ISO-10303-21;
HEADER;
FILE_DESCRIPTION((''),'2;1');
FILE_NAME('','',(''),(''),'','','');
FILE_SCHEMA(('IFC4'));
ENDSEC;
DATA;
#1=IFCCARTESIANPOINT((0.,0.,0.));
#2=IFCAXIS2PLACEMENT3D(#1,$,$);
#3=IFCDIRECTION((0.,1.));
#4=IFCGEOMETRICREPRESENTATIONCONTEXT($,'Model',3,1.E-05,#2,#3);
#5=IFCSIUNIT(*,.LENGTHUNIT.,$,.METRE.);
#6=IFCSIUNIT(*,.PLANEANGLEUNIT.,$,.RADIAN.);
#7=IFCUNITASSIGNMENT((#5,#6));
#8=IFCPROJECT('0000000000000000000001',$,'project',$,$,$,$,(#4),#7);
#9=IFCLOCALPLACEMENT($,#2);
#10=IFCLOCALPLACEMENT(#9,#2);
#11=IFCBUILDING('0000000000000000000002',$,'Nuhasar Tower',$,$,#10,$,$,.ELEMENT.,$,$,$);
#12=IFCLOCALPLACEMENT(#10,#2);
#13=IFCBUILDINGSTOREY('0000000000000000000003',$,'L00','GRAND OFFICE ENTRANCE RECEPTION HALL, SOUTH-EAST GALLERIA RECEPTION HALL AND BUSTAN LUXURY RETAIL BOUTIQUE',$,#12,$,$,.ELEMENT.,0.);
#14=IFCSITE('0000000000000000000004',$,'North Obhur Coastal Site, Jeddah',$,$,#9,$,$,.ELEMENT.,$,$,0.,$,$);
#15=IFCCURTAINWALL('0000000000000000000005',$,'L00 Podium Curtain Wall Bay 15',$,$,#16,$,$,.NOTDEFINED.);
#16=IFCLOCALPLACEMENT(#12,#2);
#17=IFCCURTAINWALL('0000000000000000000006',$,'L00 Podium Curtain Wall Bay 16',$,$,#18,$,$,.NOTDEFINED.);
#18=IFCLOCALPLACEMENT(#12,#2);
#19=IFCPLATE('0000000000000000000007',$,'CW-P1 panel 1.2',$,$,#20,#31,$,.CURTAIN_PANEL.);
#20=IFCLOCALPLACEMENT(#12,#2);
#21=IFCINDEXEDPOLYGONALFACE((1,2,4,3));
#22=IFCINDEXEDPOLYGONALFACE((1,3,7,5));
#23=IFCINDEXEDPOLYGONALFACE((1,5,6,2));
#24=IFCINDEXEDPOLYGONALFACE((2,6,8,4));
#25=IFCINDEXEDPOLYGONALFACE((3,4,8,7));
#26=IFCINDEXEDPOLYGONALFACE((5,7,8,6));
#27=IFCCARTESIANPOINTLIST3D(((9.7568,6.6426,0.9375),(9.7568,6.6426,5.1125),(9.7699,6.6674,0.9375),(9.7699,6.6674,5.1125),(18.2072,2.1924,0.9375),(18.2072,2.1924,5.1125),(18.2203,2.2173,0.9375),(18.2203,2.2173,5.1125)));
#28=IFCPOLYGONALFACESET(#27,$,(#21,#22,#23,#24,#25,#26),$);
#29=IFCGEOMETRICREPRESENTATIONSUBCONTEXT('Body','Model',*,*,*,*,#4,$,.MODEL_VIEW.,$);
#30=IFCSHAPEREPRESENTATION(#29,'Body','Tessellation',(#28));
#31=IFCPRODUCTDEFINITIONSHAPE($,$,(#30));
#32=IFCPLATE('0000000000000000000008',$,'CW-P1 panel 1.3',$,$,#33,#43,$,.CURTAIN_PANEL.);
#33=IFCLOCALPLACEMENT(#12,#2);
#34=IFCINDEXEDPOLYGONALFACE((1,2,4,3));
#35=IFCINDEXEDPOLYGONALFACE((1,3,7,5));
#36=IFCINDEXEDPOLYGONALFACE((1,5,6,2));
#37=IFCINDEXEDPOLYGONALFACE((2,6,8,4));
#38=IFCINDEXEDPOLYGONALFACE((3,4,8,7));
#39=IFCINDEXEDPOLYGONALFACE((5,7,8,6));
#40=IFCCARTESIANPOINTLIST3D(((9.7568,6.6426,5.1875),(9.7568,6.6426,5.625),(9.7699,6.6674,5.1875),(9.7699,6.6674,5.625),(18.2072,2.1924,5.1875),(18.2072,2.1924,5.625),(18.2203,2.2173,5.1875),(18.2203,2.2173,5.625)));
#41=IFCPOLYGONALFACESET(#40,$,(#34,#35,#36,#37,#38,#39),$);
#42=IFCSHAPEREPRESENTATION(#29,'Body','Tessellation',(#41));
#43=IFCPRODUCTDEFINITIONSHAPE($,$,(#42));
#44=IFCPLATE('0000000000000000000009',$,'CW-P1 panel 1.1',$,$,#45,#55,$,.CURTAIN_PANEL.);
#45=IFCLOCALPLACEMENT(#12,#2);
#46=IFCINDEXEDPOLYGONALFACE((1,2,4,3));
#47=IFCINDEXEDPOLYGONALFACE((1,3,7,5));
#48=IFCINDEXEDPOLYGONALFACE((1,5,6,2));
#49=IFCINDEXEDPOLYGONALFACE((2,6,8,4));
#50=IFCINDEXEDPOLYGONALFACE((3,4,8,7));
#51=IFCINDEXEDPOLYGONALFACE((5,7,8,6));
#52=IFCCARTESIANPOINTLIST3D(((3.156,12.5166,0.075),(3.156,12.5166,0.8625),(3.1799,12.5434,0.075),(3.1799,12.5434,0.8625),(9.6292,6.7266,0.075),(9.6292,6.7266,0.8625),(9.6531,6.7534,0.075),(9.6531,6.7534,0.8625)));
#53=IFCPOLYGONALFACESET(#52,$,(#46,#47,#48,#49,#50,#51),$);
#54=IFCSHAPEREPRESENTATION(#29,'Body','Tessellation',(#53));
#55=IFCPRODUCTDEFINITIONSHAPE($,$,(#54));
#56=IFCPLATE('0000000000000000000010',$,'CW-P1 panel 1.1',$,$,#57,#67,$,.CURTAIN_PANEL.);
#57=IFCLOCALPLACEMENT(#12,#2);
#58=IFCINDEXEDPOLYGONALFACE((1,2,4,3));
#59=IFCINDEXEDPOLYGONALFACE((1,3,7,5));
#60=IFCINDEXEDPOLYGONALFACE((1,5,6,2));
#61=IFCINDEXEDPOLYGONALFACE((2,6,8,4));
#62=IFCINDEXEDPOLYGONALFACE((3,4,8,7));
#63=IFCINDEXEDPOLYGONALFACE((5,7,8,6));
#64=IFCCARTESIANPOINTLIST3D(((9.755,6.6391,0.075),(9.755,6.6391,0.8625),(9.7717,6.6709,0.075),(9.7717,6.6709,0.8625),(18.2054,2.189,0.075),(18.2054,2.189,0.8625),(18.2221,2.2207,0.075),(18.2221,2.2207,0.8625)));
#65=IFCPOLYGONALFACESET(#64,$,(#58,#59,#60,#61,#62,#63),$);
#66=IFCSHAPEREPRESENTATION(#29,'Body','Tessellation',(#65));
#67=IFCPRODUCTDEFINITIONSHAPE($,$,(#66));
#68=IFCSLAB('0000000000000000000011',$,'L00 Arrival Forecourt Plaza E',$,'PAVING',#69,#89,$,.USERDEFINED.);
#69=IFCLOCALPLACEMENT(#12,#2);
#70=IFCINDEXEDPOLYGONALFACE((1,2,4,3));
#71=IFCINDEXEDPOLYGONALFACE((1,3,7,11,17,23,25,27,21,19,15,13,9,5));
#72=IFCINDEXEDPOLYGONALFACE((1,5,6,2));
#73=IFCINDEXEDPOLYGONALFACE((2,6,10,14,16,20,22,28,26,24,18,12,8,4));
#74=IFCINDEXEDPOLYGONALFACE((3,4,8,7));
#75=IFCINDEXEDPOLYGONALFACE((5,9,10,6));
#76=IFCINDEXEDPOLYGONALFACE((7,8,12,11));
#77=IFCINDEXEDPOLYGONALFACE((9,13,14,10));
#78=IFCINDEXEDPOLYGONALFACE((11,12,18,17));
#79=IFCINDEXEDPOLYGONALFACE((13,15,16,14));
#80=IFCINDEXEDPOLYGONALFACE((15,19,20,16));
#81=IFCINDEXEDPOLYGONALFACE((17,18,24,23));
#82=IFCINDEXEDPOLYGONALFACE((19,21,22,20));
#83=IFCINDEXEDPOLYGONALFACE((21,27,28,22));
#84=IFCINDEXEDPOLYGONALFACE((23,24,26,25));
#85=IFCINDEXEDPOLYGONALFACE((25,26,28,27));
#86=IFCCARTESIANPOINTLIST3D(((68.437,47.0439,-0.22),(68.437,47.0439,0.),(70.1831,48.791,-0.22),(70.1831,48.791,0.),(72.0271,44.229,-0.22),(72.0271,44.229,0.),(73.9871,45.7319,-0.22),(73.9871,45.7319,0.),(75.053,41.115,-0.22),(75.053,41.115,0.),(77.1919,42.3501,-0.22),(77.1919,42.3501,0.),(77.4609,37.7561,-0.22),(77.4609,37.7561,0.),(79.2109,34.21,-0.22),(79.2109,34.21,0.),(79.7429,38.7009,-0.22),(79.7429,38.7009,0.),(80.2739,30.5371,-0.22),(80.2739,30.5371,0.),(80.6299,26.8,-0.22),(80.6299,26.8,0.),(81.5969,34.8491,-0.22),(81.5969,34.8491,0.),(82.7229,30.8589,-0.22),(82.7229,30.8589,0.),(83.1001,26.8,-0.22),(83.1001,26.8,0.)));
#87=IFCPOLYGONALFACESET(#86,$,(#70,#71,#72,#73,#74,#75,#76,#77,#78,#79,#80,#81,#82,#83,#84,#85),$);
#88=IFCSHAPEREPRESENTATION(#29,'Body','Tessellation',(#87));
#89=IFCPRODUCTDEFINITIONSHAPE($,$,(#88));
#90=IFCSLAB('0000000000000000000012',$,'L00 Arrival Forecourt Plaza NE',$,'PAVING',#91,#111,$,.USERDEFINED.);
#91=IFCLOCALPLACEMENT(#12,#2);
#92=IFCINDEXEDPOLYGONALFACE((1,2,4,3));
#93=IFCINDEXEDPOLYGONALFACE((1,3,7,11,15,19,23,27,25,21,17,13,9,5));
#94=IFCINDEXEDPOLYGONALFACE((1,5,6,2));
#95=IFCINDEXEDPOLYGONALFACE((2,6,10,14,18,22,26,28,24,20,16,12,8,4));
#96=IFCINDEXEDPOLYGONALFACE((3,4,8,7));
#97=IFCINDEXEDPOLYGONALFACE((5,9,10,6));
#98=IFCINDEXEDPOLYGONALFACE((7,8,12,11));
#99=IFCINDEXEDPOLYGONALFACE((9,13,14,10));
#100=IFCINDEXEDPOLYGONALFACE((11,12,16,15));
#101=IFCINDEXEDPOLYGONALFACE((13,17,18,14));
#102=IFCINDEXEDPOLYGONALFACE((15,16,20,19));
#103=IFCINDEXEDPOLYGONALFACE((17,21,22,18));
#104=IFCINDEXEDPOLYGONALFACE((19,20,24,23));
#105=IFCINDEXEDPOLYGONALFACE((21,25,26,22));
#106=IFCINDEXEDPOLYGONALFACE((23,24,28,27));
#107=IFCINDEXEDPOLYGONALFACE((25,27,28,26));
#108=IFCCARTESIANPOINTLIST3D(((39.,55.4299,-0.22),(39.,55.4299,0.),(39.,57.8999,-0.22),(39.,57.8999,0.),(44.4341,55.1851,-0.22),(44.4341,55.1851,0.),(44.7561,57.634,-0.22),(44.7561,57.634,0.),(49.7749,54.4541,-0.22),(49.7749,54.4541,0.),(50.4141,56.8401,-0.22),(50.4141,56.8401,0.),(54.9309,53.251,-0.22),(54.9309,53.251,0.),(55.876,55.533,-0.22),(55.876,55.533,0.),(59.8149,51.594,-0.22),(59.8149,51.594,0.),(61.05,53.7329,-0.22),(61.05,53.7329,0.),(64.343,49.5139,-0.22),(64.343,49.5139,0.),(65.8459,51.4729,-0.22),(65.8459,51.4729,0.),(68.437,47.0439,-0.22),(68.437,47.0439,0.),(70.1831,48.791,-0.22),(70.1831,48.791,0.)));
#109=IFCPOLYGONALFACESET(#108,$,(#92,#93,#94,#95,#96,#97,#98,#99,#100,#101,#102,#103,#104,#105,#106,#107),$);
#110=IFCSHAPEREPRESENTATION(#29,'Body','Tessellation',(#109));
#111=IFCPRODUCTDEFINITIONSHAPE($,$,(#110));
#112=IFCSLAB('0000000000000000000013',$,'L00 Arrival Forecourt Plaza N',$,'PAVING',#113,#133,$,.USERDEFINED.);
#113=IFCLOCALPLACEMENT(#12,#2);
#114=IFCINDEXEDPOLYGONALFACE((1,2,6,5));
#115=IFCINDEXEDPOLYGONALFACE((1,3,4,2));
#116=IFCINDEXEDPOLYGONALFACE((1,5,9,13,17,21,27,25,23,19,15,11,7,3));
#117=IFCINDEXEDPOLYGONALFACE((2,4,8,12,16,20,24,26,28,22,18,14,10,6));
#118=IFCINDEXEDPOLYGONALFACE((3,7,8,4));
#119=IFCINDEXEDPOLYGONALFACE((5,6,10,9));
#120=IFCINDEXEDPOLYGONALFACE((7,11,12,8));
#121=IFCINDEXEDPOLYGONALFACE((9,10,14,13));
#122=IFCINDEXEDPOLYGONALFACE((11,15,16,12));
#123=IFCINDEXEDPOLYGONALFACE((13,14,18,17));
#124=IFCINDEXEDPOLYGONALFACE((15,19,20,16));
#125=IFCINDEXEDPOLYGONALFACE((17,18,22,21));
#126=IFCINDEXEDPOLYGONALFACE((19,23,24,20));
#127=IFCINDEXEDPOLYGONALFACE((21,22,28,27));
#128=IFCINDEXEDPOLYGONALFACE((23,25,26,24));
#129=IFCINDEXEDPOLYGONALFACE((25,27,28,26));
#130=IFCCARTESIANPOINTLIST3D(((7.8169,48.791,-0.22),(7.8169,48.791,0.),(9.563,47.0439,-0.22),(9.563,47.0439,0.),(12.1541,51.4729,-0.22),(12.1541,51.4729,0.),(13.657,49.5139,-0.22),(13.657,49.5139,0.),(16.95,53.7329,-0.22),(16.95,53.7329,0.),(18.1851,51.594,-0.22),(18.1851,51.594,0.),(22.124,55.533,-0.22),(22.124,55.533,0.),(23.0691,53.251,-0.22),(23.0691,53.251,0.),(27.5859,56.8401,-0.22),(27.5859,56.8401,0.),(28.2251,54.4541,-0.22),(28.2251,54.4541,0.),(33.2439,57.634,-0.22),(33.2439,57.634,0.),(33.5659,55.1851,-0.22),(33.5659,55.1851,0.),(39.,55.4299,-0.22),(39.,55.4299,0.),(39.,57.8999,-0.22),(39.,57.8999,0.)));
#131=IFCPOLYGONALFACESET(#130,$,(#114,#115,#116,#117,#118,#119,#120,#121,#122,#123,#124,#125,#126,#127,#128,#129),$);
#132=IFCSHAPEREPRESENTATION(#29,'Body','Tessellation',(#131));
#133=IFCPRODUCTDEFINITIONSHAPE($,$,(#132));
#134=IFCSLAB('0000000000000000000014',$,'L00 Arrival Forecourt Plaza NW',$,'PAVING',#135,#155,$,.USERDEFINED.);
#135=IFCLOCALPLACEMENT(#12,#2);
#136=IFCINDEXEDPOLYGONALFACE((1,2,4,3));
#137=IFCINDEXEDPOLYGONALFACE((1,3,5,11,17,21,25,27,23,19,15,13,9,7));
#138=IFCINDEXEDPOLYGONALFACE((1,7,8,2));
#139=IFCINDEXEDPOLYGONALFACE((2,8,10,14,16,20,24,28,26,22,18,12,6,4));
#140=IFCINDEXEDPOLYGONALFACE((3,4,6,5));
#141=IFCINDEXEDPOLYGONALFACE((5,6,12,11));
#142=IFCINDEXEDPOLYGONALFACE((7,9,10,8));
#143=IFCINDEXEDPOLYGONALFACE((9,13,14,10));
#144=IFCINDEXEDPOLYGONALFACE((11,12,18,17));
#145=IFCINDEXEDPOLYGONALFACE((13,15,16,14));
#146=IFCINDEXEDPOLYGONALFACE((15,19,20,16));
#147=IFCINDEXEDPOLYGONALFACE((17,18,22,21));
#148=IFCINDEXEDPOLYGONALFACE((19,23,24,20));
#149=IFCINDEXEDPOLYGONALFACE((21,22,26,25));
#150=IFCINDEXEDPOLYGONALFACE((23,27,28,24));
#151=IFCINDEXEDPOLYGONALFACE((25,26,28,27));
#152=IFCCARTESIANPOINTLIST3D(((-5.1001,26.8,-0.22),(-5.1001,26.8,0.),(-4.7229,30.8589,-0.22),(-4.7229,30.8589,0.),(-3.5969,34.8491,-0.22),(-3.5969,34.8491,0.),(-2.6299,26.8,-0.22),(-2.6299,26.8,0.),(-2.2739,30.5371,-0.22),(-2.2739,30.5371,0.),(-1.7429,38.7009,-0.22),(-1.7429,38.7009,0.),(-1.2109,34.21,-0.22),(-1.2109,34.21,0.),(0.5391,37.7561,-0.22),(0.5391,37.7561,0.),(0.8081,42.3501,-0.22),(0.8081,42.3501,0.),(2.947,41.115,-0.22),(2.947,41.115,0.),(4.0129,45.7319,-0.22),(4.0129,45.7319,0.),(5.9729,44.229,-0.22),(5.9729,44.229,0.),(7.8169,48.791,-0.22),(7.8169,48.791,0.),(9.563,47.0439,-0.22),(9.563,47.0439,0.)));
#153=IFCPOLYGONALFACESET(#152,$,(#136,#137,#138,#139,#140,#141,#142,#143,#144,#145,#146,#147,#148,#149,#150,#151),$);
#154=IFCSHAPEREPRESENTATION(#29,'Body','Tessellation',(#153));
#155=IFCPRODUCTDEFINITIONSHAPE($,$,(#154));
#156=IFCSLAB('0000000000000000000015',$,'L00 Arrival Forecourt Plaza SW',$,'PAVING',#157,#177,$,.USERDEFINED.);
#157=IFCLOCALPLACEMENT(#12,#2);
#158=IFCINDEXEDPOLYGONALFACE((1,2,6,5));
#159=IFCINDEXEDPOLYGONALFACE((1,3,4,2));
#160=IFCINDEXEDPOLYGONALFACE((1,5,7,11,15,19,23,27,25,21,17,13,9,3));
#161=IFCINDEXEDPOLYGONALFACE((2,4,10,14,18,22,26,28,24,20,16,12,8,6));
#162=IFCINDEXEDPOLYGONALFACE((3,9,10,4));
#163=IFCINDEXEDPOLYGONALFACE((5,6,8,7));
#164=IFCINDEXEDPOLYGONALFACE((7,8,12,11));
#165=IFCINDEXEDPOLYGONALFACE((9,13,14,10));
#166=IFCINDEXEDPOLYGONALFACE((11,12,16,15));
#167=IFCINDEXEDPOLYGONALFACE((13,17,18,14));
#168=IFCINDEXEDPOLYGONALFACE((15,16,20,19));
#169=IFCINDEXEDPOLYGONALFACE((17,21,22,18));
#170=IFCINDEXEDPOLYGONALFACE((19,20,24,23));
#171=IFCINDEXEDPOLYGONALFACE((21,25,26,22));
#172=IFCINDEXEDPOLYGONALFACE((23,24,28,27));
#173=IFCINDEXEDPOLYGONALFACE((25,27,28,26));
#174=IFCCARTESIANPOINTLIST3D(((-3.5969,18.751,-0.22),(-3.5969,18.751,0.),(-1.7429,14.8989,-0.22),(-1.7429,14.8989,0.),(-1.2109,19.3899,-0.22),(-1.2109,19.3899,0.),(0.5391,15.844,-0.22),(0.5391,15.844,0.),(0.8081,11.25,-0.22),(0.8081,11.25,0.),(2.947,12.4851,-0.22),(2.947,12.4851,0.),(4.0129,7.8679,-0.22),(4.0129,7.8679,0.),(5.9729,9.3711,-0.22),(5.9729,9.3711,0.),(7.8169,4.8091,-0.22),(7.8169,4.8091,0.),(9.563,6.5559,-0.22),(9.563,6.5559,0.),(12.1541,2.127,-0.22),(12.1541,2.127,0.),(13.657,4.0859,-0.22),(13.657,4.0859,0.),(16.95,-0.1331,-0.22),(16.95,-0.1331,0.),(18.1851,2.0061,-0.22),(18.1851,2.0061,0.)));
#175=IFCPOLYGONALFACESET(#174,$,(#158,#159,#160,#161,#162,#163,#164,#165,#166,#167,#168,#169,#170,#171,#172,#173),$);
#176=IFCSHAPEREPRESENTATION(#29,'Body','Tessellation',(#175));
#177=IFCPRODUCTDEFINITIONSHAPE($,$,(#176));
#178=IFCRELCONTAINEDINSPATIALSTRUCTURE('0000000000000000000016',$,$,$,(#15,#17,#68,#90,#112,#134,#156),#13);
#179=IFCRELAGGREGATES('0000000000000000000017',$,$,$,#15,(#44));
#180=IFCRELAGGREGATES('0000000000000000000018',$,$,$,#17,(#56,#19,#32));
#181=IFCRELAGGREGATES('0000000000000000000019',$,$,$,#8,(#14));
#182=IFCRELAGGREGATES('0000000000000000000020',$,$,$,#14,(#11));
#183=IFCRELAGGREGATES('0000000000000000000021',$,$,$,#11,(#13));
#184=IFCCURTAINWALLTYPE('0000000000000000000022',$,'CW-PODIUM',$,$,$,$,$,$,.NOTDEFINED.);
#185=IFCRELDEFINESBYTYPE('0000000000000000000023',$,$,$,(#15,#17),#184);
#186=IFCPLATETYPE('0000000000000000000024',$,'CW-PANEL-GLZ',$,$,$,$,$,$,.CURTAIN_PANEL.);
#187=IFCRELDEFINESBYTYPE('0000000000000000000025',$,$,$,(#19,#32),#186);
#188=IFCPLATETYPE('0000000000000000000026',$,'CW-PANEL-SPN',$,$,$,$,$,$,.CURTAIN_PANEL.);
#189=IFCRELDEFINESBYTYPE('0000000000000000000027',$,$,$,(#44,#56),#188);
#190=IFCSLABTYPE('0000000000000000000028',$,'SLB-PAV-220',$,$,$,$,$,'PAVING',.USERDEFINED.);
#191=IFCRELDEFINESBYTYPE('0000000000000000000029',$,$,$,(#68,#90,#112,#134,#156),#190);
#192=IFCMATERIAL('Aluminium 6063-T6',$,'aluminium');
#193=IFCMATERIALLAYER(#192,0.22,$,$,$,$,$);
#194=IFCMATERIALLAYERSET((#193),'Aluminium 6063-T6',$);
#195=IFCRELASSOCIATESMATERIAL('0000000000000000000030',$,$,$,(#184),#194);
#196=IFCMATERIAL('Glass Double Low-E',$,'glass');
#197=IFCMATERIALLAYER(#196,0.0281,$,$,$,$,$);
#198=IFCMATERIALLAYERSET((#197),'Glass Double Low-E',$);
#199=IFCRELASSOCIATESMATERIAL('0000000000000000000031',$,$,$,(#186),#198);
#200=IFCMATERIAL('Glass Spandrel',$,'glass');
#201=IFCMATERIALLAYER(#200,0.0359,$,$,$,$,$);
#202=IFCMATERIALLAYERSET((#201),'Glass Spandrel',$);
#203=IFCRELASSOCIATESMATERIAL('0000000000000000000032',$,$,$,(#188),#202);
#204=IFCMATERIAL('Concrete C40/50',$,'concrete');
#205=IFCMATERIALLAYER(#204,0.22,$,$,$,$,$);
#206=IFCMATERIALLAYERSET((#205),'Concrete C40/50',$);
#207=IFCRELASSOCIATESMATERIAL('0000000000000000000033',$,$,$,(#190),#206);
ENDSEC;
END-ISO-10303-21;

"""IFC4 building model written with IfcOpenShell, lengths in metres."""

from ifc_helpers import new_model, si_unit, direction, frame, origin, origin_2d, place, context, subcontext, project, spatial, polyline, rectangle, outline, extrude, material, layer, layer_set, type_object, element, aggregate, save


model = new_model("IFC4")

# Units and contexts
model_context = context("Model", 3, precision=1e-05, world=origin(), true_north=direction((0.0, 1.0)))
body_context = subcontext(model_context, "Body", "Model", "MODEL_VIEW")
ifc_project = project(units=[si_unit("LENGTHUNIT", "METRE"), si_unit("PLANEANGLEUNIT", "RADIAN")], contexts=[model_context])

# Site, building, storey
site_placement = place(None, origin())
site = spatial("IfcSite", under=ifc_project, at=site_placement, Name="North Obhur Coastal Site, Jeddah", CompositionType="ELEMENT", RefElevation=0.0)
building_placement = place(site_placement, origin())
building = spatial("IfcBuilding", under=site, at=building_placement, Name="Nuhasar Tower", CompositionType="ELEMENT")
storey_placement = place(building_placement, origin())
storey = spatial("IfcBuildingStorey", under=building, at=storey_placement, Name="L00", Description="GRAND OFFICE ENTRANCE RECEPTION HALL, SOUTH-EAST GALLERIA RECEPTION HALL AND BUSTAN LUXURY RETAIL BOUTIQUE", CompositionType="ELEMENT", Elevation=0.0)

# Shared definitions
ifc_material_1 = material(Name="Concrete C40/50", Category="concrete")

# Curtain wall
ifc_material_2 = material(Name="Aluminium 6063-T6", Category="aluminium")
ifc_layer_1 = layer(ifc_material_2, 0.22)
ifc_layer_set_1 = layer_set([ifc_layer_1], Name="Aluminium 6063-T6")
curtain_wall_type = type_object("IfcCurtainWallType", Name="CW-PODIUM", PredefinedType="NOTDEFINED", material=ifc_layer_set_1)
curtain_wall_1_placement = place(storey_placement, origin())
curtain_wall_1 = element("IfcCurtainWall", 1, at=curtain_wall_1_placement, inside=storey, type_object=curtain_wall_type, Name="L00 Podium Curtain Wall Bay 15", PredefinedType="NOTDEFINED")

# Curtain wall
curtain_wall_2_placement = place(storey_placement, origin())
curtain_wall_2 = element("IfcCurtainWall", 2, at=curtain_wall_2_placement, inside=storey, type_object=curtain_wall_type, Name="L00 Podium Curtain Wall Bay 16", PredefinedType="NOTDEFINED")

# Plates
ifc_material_3 = material(Name="Glass Double Low-E", Category="glass")
ifc_layer_2 = layer(ifc_material_3, 0.0281)
ifc_layer_set_2 = layer_set([ifc_layer_2], Name="Glass Double Low-E")
plate_type_1 = type_object("IfcPlateType", Name="CW-PANEL-GLZ", PredefinedType="CURTAIN_PANEL", material=ifc_layer_set_2)
plate_1_placement = place(storey_placement, frame((13.9885, 4.4299, 0.9375), z_axis=(0.0, 0.0, 1.0), x_axis=(0.884806, -0.465959, 0.0)))
plate_1 = element("IfcPlate", 3, at=plate_1_placement, type_object=plate_type_1, Name="CW-P1 panel 1.2", PredefinedType="CURTAIN_PANEL", context=body_context, shape_type="SweptSolid", body=[
    extrude(rectangle(XDim=9.5505, YDim=0.0281, at=origin_2d()), origin(), (0.0, 0.0, 1.0), 4.175),
])
plate_2_placement = place(storey_placement, frame((13.9885, 4.4299, 5.1875), z_axis=(0.0, 0.0, 1.0), x_axis=(0.884806, -0.465959, 0.0)))
plate_2 = element("IfcPlate", 4, at=plate_2_placement, type_object=plate_type_1, Name="CW-P1 panel 1.3", PredefinedType="CURTAIN_PANEL", context=body_context, shape_type="SweptSolid", body=[
    extrude(rectangle(XDim=9.5505, YDim=0.0281, at=origin_2d()), origin(), (0.0, 0.0, 1.0), 0.4375),
])
ifc_material_4 = material(Name="Glass Spandrel", Category="glass")
ifc_layer_3 = layer(ifc_material_4, 0.0359)
ifc_layer_set_3 = layer_set([ifc_layer_3], Name="Glass Spandrel")
plate_type_2 = type_object("IfcPlateType", Name="CW-PANEL-SPN", PredefinedType="CURTAIN_PANEL", material=ifc_layer_set_3)
plate_3_placement = place(storey_placement, frame((6.4045, 9.635, 0.075), z_axis=(0.0, 0.0, 1.0), x_axis=(0.745345, -0.666679, 0.0)))
plate_3 = element("IfcPlate", 5, at=plate_3_placement, type_object=plate_type_2, Name="CW-P1 panel 1.1", PredefinedType="CURTAIN_PANEL", context=body_context, shape_type="SweptSolid", body=[
    extrude(rectangle(XDim=8.6848, YDim=0.0359, at=origin_2d()), origin(), (0.0, 0.0, 1.0), 0.7876),
])
aggregate(curtain_wall_1, [plate_3])
plate_4_placement = place(storey_placement, frame((13.9885, 4.4299, 0.075), z_axis=(0.0, 0.0, 1.0), x_axis=(0.884806, -0.465959, 0.0)))
plate_4 = element("IfcPlate", 6, at=plate_4_placement, type_object=plate_type_2, Name="CW-P1 panel 1.1", PredefinedType="CURTAIN_PANEL", context=body_context, shape_type="SweptSolid", body=[
    extrude(rectangle(XDim=9.5505, YDim=0.0359, at=origin_2d()), origin(), (0.0, 0.0, 1.0), 0.7876),
])
aggregate(curtain_wall_2, [plate_4, plate_1, plate_2])

# Slabs
ifc_layer_4 = layer(ifc_material_1, 0.22)
ifc_layer_set_4 = layer_set([ifc_layer_4], Name="Concrete C40/50")
slab_type_1 = type_object("IfcSlabType", Name="SLB-PAV-220", ElementType="PAVING", PredefinedType="USERDEFINED", material=ifc_layer_set_4)
slab_1_placement = place(storey_placement, frame((0.0, 0.0, -0.22)))
element("IfcSlab", 7, at=slab_1_placement, inside=storey, type_object=slab_type_1, Name="L00 Arrival Forecourt Plaza E", ObjectType="PAVING", PredefinedType="USERDEFINED", context=body_context, shape_type="SweptSolid", body=[
    extrude(outline(polyline([(83.1001, 26.8), (82.7229, 30.8589), (81.5969, 34.8491), (79.7429, 38.7009), (77.1919, 42.3501), (73.9871, 45.7319), (70.1831, 48.791), (68.437, 47.0439), (72.0271, 44.229), (75.053, 41.115), (77.4609, 37.7561), (79.2109, 34.21), (80.2739, 30.5371), (80.6299, 26.8), (83.1001, 26.8)])), origin(), (0.0, 0.0, 1.0), 0.22),
])
slab_2_placement = place(storey_placement, frame((0.0, 0.0, -0.22)))
element("IfcSlab", 8, at=slab_2_placement, inside=storey, type_object=slab_type_1, Name="L00 Arrival Forecourt Plaza NE", ObjectType="PAVING", PredefinedType="USERDEFINED", context=body_context, shape_type="SweptSolid", body=[
    extrude(outline(polyline([(70.1831, 48.791), (65.8459, 51.4729), (61.05, 53.7329), (55.876, 55.533), (50.4141, 56.8401), (44.7561, 57.634), (39.0, 57.8999), (39.0, 55.4299), (44.4341, 55.1851), (49.7749, 54.4541), (54.9309, 53.251), (59.8149, 51.594), (64.343, 49.5139), (68.437, 47.0439), (70.1831, 48.791)])), origin(), (0.0, 0.0, 1.0), 0.22),
])
slab_3_placement = place(storey_placement, frame((0.0, 0.0, -0.22)))
element("IfcSlab", 9, at=slab_3_placement, inside=storey, type_object=slab_type_1, Name="L00 Arrival Forecourt Plaza N", ObjectType="PAVING", PredefinedType="USERDEFINED", context=body_context, shape_type="SweptSolid", body=[
    extrude(outline(polyline([(39.0, 57.8999), (33.2439, 57.634), (27.5859, 56.8401), (22.124, 55.533), (16.95, 53.7329), (12.1541, 51.4729), (7.8169, 48.791), (9.563, 47.0439), (13.657, 49.5139), (18.1851, 51.594), (23.0691, 53.251), (28.2251, 54.4541), (33.5659, 55.1851), (39.0, 55.4299), (39.0, 57.8999)])), origin(), (0.0, 0.0, 1.0), 0.22),
])
slab_4_placement = place(storey_placement, frame((0.0, 0.0, -0.22)))
element("IfcSlab", 10, at=slab_4_placement, inside=storey, type_object=slab_type_1, Name="L00 Arrival Forecourt Plaza NW", ObjectType="PAVING", PredefinedType="USERDEFINED", context=body_context, shape_type="SweptSolid", body=[
    extrude(outline(polyline([(7.8169, 48.791), (4.0129, 45.7319), (0.8081, 42.3501), (-1.7429, 38.7009), (-3.5969, 34.8491), (-4.7229, 30.8589), (-5.1001, 26.8), (-2.6299, 26.8), (-2.2739, 30.5371), (-1.2109, 34.21), (0.5391, 37.7561), (2.947, 41.115), (5.9729, 44.229), (9.563, 47.0439), (7.8169, 48.791)])), origin(), (0.0, 0.0, 1.0), 0.22),
])
slab_5_placement = place(storey_placement, frame((0.0, 0.0, -0.22)))
element("IfcSlab", 11, at=slab_5_placement, inside=storey, type_object=slab_type_1, Name="L00 Arrival Forecourt Plaza SW", ObjectType="PAVING", PredefinedType="USERDEFINED", context=body_context, shape_type="SweptSolid", body=[
    extrude(outline(polyline([(-3.5969, 18.751), (-1.7429, 14.8989), (0.8081, 11.25), (4.0129, 7.8679), (7.8169, 4.8091), (12.1541, 2.127), (16.95, -0.1331), (18.1851, 2.0061), (13.657, 4.0859), (9.563, 6.5559), (5.9729, 9.3711), (2.947, 12.4851), (0.5391, 15.844), (-1.2109, 19.3899), (-3.5969, 18.751)])), origin(), (0.0, 0.0, 1.0), 0.22),
])

save(model, "model.ifc")
